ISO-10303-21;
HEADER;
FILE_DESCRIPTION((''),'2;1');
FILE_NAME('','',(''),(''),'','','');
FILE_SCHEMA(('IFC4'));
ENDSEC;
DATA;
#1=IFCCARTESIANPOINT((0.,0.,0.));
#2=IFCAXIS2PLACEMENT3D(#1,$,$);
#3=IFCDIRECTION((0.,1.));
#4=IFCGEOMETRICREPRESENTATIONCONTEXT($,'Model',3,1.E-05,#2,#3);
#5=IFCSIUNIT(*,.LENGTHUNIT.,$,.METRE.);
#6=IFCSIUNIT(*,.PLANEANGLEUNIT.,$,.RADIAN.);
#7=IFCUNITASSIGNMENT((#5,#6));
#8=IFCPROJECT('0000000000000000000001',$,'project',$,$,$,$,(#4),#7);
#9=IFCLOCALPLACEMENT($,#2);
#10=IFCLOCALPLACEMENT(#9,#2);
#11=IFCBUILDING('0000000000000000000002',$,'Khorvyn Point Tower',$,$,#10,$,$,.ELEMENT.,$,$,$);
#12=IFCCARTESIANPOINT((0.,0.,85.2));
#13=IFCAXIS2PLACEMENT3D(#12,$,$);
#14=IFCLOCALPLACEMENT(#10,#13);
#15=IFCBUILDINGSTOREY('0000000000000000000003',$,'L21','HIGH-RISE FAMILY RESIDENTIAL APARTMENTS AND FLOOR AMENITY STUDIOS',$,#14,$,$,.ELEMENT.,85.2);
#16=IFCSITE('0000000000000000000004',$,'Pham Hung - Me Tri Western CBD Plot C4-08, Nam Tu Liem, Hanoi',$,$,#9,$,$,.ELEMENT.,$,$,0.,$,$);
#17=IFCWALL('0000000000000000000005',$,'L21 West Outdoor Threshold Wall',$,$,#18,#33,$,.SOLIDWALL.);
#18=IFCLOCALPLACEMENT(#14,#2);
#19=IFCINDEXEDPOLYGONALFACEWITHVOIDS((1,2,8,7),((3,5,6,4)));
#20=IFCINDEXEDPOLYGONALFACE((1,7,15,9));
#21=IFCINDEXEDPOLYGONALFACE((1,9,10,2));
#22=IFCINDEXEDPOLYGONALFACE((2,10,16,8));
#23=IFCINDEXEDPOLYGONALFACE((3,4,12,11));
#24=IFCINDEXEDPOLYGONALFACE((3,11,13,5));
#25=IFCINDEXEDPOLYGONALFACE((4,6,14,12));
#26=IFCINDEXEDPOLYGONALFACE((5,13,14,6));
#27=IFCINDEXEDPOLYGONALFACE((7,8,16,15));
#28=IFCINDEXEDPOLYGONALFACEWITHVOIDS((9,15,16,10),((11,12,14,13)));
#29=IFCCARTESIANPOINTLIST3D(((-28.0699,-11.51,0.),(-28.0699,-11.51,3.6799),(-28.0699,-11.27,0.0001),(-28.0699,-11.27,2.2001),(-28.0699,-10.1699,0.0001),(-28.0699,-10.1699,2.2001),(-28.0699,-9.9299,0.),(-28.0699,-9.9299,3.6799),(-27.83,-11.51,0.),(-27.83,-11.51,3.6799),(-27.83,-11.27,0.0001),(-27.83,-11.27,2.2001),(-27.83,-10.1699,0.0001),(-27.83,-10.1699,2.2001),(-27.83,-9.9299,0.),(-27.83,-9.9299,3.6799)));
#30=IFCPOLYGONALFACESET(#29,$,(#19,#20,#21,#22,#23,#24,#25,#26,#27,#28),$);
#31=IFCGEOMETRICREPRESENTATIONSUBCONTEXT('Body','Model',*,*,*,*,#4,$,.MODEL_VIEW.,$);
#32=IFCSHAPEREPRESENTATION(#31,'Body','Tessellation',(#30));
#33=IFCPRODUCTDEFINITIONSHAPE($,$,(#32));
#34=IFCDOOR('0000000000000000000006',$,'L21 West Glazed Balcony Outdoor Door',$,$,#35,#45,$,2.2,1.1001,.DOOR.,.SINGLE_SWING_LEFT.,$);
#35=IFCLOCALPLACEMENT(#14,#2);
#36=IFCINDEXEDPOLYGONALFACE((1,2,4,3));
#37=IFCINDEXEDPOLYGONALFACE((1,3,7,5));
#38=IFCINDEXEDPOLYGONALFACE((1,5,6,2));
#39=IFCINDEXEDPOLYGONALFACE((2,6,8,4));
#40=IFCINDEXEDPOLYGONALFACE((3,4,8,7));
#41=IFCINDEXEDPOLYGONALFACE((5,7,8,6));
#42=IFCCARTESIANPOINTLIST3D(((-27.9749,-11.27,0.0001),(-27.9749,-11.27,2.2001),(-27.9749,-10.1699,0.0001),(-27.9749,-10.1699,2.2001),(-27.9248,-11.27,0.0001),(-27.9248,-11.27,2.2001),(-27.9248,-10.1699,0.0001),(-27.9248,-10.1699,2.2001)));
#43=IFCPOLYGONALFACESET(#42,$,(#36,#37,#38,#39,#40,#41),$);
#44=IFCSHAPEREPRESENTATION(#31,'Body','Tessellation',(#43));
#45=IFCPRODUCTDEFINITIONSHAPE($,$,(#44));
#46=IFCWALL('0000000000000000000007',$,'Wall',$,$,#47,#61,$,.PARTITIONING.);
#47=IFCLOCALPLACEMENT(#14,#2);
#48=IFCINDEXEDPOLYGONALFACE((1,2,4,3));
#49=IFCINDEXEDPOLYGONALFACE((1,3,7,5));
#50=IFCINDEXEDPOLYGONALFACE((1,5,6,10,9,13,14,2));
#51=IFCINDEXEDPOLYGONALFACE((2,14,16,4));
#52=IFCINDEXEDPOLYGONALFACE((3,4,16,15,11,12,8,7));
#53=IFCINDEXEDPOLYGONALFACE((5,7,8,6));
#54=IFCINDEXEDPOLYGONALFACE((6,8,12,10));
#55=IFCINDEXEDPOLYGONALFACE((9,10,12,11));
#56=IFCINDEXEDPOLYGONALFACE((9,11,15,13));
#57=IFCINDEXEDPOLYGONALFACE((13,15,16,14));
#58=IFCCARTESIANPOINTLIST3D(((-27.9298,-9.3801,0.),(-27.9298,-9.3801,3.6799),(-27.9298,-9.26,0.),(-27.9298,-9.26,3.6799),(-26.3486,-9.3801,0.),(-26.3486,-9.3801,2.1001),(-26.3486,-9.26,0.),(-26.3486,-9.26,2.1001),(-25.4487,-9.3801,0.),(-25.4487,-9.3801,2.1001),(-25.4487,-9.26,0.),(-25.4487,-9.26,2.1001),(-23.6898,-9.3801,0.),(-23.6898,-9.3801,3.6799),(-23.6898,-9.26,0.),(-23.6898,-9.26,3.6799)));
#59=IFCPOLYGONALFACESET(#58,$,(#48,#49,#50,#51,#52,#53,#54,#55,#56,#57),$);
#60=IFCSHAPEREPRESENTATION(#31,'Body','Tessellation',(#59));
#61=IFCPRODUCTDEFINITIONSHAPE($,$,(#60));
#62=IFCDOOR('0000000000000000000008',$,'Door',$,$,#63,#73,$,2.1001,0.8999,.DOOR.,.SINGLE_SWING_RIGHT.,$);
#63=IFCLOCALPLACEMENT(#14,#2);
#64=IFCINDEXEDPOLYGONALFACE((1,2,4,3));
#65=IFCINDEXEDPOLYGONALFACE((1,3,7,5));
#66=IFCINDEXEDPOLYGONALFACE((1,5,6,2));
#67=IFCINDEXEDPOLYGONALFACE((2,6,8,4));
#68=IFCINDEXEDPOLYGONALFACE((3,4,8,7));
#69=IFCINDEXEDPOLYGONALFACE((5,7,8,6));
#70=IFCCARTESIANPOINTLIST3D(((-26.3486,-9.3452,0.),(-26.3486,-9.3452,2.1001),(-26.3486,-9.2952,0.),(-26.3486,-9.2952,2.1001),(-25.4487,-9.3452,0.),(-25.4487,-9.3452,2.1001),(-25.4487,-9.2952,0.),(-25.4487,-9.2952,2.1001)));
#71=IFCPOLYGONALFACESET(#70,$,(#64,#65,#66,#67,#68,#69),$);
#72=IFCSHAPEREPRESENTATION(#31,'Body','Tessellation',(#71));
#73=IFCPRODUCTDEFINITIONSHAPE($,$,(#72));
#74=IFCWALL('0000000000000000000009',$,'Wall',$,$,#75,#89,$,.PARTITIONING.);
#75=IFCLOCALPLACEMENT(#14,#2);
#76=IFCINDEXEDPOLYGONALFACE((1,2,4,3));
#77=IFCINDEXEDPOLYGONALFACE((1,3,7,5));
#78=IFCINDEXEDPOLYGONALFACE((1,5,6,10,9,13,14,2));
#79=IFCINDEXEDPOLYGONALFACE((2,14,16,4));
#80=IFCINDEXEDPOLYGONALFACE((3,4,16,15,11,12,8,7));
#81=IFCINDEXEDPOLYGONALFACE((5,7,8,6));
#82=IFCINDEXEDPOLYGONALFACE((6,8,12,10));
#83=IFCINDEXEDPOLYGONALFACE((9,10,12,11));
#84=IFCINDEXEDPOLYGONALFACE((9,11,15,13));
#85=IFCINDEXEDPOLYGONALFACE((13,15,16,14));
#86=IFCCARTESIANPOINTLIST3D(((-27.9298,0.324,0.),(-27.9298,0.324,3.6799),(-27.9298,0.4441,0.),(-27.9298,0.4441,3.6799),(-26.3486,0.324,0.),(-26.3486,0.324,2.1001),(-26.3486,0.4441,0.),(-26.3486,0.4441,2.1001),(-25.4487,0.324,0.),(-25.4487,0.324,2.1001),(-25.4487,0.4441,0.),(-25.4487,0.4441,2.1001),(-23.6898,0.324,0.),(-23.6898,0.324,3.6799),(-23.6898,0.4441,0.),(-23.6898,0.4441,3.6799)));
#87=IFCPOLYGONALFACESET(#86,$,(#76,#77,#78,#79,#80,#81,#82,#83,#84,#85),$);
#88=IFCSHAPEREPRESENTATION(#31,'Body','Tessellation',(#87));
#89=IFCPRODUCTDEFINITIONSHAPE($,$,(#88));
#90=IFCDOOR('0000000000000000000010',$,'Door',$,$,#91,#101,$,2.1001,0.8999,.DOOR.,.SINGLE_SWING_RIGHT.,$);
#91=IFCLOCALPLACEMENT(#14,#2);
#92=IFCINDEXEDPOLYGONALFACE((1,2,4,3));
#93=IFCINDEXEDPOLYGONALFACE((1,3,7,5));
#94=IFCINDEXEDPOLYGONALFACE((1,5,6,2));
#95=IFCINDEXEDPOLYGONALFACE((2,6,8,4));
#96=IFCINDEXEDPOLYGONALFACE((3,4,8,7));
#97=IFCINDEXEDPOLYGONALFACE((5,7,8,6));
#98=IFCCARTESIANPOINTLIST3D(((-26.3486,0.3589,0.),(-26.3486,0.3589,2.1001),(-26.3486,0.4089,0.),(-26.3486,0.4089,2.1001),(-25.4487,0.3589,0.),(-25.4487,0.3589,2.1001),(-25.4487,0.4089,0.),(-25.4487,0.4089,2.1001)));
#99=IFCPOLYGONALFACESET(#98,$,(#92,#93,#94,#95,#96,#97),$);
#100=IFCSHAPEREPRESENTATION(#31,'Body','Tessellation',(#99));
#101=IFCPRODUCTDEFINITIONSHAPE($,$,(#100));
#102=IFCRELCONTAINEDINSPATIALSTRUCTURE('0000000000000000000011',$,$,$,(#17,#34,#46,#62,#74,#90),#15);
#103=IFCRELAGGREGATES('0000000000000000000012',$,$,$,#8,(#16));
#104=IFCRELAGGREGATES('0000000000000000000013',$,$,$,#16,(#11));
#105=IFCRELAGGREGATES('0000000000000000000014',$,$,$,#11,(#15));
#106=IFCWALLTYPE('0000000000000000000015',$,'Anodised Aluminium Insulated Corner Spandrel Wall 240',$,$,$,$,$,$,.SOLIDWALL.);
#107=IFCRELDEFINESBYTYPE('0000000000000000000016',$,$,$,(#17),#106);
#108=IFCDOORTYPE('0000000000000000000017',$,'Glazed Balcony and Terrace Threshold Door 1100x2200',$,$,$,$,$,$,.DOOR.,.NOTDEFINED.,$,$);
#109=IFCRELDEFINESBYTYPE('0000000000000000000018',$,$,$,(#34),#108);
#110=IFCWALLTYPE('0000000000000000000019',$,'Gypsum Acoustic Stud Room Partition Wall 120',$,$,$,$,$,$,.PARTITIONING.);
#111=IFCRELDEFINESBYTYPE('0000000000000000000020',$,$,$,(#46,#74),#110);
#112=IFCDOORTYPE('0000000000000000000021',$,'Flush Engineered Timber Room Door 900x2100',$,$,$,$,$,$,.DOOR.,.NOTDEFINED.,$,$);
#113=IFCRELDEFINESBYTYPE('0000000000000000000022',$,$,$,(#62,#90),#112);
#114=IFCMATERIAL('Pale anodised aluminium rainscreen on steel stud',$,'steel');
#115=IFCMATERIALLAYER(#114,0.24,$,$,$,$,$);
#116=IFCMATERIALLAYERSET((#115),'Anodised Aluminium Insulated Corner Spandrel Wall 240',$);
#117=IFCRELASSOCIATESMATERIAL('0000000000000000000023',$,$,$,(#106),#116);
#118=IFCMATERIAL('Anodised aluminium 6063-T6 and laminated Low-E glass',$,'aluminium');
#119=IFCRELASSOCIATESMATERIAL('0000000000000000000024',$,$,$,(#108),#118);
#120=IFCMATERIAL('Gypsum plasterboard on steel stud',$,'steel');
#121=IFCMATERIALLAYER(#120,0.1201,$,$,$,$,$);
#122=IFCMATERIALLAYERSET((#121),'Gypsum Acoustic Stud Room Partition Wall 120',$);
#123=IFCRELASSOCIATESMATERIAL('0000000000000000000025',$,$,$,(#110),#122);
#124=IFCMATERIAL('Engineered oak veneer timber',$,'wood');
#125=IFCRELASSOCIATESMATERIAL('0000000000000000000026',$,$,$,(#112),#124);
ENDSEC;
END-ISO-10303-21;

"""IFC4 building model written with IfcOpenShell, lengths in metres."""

from ifc_helpers import new_model, si_unit, direction, frame, frame_2d, origin, place, context, subcontext, project, spatial, rectangle, extrude, material, layer, layer_set, type_object, element, fill, save


model = new_model("IFC4")

# Units and contexts
model_context = context("Model", 3, precision=1e-05, world=origin(), true_north=direction((0.0, 1.0)))
body_context = subcontext(model_context, "Body", "Model", "MODEL_VIEW")
ifc_project = project(units=[si_unit("LENGTHUNIT", "METRE"), si_unit("PLANEANGLEUNIT", "RADIAN")], contexts=[model_context])

# Site, building, storey
site_placement = place(None, origin())
site = spatial("IfcSite", under=ifc_project, at=site_placement, Name="Pham Hung - Me Tri Western CBD Plot C4-08, Nam Tu Liem, Hanoi", CompositionType="ELEMENT", RefElevation=0.0)
building_placement = place(site_placement, origin())
building = spatial("IfcBuilding", under=site, at=building_placement, Name="Khorvyn Point Tower", CompositionType="ELEMENT")
storey_placement = place(building_placement, frame((0.0, 0.0, 85.2)))
storey = spatial("IfcBuildingStorey", under=building, at=storey_placement, Name="L21", Description="HIGH-RISE FAMILY RESIDENTIAL APARTMENTS AND FLOOR AMENITY STUDIOS", CompositionType="ELEMENT", Elevation=85.2)

# Shared definitions
ifc_material_1 = material(Name="Anodised aluminium 6063-T6 and laminated Low-E glass", Category="aluminium")

# Walls, openings, doors
ifc_material_2 = material(Name="Pale anodised aluminium rainscreen on steel stud", Category="steel")
ifc_layer_1 = layer(ifc_material_2, 0.24)
ifc_layer_set_1 = layer_set([ifc_layer_1], Name="Anodised Aluminium Insulated Corner Spandrel Wall 240")
wall_type_1 = type_object("IfcWallType", Name="Anodised Aluminium Insulated Corner Spandrel Wall 240", PredefinedType="SOLIDWALL", material=ifc_layer_set_1)
wall_1_placement = place(storey_placement, frame((-27.95, -11.51, 0.0), z_axis=(0.0, 0.0, 1.0), x_axis=(0.0, 1.0, 0.0)))
wall_1 = element("IfcWall", 1, at=wall_1_placement, inside=storey, type_object=wall_type_1, Name="L21 West Outdoor Threshold Wall", PredefinedType="SOLIDWALL", context=body_context, shape_type="SweptSolid", body=[
    extrude(rectangle(XDim=1.5801, YDim=0.24, at=frame_2d((0.79, 0.0))), origin(), (0.0, 0.0, 1.0), 3.6799),
])
opening_1_placement = place(wall_1_placement, frame((0.24, 0.0, 0.0)))
opening_1 = element("IfcOpeningElement", 2, at=opening_1_placement, cuts=wall_1, PredefinedType="OPENING", context=body_context, shape_type="SweptSolid", body=[
    extrude(rectangle(XDim=1.1001, YDim=2.2, at=frame_2d((0.55, 1.1001))), frame((0.0, 0.1299, 0.0), z_axis=(0.0, -1.0, 0.0), x_axis=(1.0, 0.0, 0.0)), (0.0, 0.0, 1.0), 0.26),
])
door_type_1 = type_object("IfcDoorType", Name="Glazed Balcony and Terrace Threshold Door 1100x2200", OperationType="NOTDEFINED", PredefinedType="DOOR", material=ifc_material_1)
door_1_placement = place(opening_1_placement, origin())
door_1 = element("IfcDoor", 3, at=door_1_placement, inside=storey, type_object=door_type_1, Name="L21 West Glazed Balcony Outdoor Door", OperationType="SINGLE_SWING_LEFT", OverallHeight=2.2, OverallWidth=1.1001, PredefinedType="DOOR", context=body_context, shape_type="SweptSolid", body=[
    extrude(rectangle(XDim=1.1001, YDim=2.2, at=frame_2d((0.55, 1.1001))), frame((0.0, 0.0249, 0.0), z_axis=(0.0, -1.0, 0.0), x_axis=(1.0, 0.0, 0.0)), (0.0, 0.0, 1.0), 0.05),
])
fill(opening_1, door_1)
ifc_material_3 = material(Name="Gypsum plasterboard on steel stud", Category="steel")
ifc_layer_2 = layer(ifc_material_3, 0.1201)
ifc_layer_set_2 = layer_set([ifc_layer_2], Name="Gypsum Acoustic Stud Room Partition Wall 120")
wall_type_2 = type_object("IfcWallType", Name="Gypsum Acoustic Stud Room Partition Wall 120", PredefinedType="PARTITIONING", material=ifc_layer_set_2)
wall_2_placement = place(storey_placement, frame((-27.9299, -9.3201, 0.0), z_axis=(0.0, 0.0, 1.0), x_axis=(1.0, 0.0, 0.0)))
wall_2 = element("IfcWall", 4, at=wall_2_placement, inside=storey, type_object=wall_type_2, Name="Wall", PredefinedType="PARTITIONING", context=body_context, shape_type="SweptSolid", body=[
    extrude(rectangle(XDim=4.24, YDim=0.1201, at=frame_2d((2.1201, 0.0))), origin(), (0.0, 0.0, 1.0), 3.6799),
])
opening_2_placement = place(wall_2_placement, frame((1.5813, 0.0, 0.0)))
opening_2 = element("IfcOpeningElement", 5, at=opening_2_placement, cuts=wall_2, PredefinedType="OPENING", context=body_context, shape_type="SweptSolid", body=[
    extrude(rectangle(XDim=0.8999, YDim=2.1001, at=frame_2d((0.45, 1.05))), frame((0.0, 0.0701, 0.0), z_axis=(0.0, -1.0, 0.0), x_axis=(1.0, 0.0, 0.0)), (0.0, 0.0, 1.0), 0.1401),
])
ifc_material_4 = material(Name="Engineered oak veneer timber", Category="wood")
door_type_2 = type_object("IfcDoorType", Name="Flush Engineered Timber Room Door 900x2100", OperationType="NOTDEFINED", PredefinedType="DOOR", material=ifc_material_4)
door_2_placement = place(opening_2_placement, origin())
door_2 = element("IfcDoor", 6, at=door_2_placement, inside=storey, type_object=door_type_2, Name="Door", OperationType="SINGLE_SWING_RIGHT", OverallHeight=2.1001, OverallWidth=0.8999, PredefinedType="DOOR", context=body_context, shape_type="SweptSolid", body=[
    extrude(rectangle(XDim=0.8999, YDim=2.1001, at=frame_2d((0.45, 1.05))), frame((0.0, 0.0249, 0.0), z_axis=(0.0, -1.0, 0.0), x_axis=(1.0, 0.0, 0.0)), (0.0, 0.0, 1.0), 0.05),
])
fill(opening_2, door_2)
wall_3_placement = place(storey_placement, frame((-27.9299, 0.384, 0.0), z_axis=(0.0, 0.0, 1.0), x_axis=(1.0, 0.0, 0.0)))
wall_3 = element("IfcWall", 7, at=wall_3_placement, inside=storey, type_object=wall_type_2, Name="Wall", PredefinedType="PARTITIONING", context=body_context, shape_type="SweptSolid", body=[
    extrude(rectangle(XDim=4.24, YDim=0.1201, at=frame_2d((2.1201, 0.0))), origin(), (0.0, 0.0, 1.0), 3.6799),
])
opening_3_placement = place(wall_3_placement, frame((1.5813, 0.0, 0.0)))
opening_3 = element("IfcOpeningElement", 8, at=opening_3_placement, cuts=wall_3, PredefinedType="OPENING", context=body_context, shape_type="SweptSolid", body=[
    extrude(rectangle(XDim=0.8999, YDim=2.1001, at=frame_2d((0.45, 1.05))), frame((0.0, 0.0701, 0.0), z_axis=(0.0, -1.0, 0.0), x_axis=(1.0, 0.0, 0.0)), (0.0, 0.0, 1.0), 0.1401),
])
door_3_placement = place(opening_3_placement, origin())
door_3 = element("IfcDoor", 9, at=door_3_placement, inside=storey, type_object=door_type_2, Name="Door", OperationType="SINGLE_SWING_RIGHT", OverallHeight=2.1001, OverallWidth=0.8999, PredefinedType="DOOR", context=body_context, shape_type="SweptSolid", body=[
    extrude(rectangle(XDim=0.8999, YDim=2.1001, at=frame_2d((0.45, 1.05))), frame((0.0, 0.0249, 0.0), z_axis=(0.0, -1.0, 0.0), x_axis=(1.0, 0.0, 0.0)), (0.0, 0.0, 1.0), 0.05),
])
fill(opening_3, door_3)

save(model, "model.ifc")
